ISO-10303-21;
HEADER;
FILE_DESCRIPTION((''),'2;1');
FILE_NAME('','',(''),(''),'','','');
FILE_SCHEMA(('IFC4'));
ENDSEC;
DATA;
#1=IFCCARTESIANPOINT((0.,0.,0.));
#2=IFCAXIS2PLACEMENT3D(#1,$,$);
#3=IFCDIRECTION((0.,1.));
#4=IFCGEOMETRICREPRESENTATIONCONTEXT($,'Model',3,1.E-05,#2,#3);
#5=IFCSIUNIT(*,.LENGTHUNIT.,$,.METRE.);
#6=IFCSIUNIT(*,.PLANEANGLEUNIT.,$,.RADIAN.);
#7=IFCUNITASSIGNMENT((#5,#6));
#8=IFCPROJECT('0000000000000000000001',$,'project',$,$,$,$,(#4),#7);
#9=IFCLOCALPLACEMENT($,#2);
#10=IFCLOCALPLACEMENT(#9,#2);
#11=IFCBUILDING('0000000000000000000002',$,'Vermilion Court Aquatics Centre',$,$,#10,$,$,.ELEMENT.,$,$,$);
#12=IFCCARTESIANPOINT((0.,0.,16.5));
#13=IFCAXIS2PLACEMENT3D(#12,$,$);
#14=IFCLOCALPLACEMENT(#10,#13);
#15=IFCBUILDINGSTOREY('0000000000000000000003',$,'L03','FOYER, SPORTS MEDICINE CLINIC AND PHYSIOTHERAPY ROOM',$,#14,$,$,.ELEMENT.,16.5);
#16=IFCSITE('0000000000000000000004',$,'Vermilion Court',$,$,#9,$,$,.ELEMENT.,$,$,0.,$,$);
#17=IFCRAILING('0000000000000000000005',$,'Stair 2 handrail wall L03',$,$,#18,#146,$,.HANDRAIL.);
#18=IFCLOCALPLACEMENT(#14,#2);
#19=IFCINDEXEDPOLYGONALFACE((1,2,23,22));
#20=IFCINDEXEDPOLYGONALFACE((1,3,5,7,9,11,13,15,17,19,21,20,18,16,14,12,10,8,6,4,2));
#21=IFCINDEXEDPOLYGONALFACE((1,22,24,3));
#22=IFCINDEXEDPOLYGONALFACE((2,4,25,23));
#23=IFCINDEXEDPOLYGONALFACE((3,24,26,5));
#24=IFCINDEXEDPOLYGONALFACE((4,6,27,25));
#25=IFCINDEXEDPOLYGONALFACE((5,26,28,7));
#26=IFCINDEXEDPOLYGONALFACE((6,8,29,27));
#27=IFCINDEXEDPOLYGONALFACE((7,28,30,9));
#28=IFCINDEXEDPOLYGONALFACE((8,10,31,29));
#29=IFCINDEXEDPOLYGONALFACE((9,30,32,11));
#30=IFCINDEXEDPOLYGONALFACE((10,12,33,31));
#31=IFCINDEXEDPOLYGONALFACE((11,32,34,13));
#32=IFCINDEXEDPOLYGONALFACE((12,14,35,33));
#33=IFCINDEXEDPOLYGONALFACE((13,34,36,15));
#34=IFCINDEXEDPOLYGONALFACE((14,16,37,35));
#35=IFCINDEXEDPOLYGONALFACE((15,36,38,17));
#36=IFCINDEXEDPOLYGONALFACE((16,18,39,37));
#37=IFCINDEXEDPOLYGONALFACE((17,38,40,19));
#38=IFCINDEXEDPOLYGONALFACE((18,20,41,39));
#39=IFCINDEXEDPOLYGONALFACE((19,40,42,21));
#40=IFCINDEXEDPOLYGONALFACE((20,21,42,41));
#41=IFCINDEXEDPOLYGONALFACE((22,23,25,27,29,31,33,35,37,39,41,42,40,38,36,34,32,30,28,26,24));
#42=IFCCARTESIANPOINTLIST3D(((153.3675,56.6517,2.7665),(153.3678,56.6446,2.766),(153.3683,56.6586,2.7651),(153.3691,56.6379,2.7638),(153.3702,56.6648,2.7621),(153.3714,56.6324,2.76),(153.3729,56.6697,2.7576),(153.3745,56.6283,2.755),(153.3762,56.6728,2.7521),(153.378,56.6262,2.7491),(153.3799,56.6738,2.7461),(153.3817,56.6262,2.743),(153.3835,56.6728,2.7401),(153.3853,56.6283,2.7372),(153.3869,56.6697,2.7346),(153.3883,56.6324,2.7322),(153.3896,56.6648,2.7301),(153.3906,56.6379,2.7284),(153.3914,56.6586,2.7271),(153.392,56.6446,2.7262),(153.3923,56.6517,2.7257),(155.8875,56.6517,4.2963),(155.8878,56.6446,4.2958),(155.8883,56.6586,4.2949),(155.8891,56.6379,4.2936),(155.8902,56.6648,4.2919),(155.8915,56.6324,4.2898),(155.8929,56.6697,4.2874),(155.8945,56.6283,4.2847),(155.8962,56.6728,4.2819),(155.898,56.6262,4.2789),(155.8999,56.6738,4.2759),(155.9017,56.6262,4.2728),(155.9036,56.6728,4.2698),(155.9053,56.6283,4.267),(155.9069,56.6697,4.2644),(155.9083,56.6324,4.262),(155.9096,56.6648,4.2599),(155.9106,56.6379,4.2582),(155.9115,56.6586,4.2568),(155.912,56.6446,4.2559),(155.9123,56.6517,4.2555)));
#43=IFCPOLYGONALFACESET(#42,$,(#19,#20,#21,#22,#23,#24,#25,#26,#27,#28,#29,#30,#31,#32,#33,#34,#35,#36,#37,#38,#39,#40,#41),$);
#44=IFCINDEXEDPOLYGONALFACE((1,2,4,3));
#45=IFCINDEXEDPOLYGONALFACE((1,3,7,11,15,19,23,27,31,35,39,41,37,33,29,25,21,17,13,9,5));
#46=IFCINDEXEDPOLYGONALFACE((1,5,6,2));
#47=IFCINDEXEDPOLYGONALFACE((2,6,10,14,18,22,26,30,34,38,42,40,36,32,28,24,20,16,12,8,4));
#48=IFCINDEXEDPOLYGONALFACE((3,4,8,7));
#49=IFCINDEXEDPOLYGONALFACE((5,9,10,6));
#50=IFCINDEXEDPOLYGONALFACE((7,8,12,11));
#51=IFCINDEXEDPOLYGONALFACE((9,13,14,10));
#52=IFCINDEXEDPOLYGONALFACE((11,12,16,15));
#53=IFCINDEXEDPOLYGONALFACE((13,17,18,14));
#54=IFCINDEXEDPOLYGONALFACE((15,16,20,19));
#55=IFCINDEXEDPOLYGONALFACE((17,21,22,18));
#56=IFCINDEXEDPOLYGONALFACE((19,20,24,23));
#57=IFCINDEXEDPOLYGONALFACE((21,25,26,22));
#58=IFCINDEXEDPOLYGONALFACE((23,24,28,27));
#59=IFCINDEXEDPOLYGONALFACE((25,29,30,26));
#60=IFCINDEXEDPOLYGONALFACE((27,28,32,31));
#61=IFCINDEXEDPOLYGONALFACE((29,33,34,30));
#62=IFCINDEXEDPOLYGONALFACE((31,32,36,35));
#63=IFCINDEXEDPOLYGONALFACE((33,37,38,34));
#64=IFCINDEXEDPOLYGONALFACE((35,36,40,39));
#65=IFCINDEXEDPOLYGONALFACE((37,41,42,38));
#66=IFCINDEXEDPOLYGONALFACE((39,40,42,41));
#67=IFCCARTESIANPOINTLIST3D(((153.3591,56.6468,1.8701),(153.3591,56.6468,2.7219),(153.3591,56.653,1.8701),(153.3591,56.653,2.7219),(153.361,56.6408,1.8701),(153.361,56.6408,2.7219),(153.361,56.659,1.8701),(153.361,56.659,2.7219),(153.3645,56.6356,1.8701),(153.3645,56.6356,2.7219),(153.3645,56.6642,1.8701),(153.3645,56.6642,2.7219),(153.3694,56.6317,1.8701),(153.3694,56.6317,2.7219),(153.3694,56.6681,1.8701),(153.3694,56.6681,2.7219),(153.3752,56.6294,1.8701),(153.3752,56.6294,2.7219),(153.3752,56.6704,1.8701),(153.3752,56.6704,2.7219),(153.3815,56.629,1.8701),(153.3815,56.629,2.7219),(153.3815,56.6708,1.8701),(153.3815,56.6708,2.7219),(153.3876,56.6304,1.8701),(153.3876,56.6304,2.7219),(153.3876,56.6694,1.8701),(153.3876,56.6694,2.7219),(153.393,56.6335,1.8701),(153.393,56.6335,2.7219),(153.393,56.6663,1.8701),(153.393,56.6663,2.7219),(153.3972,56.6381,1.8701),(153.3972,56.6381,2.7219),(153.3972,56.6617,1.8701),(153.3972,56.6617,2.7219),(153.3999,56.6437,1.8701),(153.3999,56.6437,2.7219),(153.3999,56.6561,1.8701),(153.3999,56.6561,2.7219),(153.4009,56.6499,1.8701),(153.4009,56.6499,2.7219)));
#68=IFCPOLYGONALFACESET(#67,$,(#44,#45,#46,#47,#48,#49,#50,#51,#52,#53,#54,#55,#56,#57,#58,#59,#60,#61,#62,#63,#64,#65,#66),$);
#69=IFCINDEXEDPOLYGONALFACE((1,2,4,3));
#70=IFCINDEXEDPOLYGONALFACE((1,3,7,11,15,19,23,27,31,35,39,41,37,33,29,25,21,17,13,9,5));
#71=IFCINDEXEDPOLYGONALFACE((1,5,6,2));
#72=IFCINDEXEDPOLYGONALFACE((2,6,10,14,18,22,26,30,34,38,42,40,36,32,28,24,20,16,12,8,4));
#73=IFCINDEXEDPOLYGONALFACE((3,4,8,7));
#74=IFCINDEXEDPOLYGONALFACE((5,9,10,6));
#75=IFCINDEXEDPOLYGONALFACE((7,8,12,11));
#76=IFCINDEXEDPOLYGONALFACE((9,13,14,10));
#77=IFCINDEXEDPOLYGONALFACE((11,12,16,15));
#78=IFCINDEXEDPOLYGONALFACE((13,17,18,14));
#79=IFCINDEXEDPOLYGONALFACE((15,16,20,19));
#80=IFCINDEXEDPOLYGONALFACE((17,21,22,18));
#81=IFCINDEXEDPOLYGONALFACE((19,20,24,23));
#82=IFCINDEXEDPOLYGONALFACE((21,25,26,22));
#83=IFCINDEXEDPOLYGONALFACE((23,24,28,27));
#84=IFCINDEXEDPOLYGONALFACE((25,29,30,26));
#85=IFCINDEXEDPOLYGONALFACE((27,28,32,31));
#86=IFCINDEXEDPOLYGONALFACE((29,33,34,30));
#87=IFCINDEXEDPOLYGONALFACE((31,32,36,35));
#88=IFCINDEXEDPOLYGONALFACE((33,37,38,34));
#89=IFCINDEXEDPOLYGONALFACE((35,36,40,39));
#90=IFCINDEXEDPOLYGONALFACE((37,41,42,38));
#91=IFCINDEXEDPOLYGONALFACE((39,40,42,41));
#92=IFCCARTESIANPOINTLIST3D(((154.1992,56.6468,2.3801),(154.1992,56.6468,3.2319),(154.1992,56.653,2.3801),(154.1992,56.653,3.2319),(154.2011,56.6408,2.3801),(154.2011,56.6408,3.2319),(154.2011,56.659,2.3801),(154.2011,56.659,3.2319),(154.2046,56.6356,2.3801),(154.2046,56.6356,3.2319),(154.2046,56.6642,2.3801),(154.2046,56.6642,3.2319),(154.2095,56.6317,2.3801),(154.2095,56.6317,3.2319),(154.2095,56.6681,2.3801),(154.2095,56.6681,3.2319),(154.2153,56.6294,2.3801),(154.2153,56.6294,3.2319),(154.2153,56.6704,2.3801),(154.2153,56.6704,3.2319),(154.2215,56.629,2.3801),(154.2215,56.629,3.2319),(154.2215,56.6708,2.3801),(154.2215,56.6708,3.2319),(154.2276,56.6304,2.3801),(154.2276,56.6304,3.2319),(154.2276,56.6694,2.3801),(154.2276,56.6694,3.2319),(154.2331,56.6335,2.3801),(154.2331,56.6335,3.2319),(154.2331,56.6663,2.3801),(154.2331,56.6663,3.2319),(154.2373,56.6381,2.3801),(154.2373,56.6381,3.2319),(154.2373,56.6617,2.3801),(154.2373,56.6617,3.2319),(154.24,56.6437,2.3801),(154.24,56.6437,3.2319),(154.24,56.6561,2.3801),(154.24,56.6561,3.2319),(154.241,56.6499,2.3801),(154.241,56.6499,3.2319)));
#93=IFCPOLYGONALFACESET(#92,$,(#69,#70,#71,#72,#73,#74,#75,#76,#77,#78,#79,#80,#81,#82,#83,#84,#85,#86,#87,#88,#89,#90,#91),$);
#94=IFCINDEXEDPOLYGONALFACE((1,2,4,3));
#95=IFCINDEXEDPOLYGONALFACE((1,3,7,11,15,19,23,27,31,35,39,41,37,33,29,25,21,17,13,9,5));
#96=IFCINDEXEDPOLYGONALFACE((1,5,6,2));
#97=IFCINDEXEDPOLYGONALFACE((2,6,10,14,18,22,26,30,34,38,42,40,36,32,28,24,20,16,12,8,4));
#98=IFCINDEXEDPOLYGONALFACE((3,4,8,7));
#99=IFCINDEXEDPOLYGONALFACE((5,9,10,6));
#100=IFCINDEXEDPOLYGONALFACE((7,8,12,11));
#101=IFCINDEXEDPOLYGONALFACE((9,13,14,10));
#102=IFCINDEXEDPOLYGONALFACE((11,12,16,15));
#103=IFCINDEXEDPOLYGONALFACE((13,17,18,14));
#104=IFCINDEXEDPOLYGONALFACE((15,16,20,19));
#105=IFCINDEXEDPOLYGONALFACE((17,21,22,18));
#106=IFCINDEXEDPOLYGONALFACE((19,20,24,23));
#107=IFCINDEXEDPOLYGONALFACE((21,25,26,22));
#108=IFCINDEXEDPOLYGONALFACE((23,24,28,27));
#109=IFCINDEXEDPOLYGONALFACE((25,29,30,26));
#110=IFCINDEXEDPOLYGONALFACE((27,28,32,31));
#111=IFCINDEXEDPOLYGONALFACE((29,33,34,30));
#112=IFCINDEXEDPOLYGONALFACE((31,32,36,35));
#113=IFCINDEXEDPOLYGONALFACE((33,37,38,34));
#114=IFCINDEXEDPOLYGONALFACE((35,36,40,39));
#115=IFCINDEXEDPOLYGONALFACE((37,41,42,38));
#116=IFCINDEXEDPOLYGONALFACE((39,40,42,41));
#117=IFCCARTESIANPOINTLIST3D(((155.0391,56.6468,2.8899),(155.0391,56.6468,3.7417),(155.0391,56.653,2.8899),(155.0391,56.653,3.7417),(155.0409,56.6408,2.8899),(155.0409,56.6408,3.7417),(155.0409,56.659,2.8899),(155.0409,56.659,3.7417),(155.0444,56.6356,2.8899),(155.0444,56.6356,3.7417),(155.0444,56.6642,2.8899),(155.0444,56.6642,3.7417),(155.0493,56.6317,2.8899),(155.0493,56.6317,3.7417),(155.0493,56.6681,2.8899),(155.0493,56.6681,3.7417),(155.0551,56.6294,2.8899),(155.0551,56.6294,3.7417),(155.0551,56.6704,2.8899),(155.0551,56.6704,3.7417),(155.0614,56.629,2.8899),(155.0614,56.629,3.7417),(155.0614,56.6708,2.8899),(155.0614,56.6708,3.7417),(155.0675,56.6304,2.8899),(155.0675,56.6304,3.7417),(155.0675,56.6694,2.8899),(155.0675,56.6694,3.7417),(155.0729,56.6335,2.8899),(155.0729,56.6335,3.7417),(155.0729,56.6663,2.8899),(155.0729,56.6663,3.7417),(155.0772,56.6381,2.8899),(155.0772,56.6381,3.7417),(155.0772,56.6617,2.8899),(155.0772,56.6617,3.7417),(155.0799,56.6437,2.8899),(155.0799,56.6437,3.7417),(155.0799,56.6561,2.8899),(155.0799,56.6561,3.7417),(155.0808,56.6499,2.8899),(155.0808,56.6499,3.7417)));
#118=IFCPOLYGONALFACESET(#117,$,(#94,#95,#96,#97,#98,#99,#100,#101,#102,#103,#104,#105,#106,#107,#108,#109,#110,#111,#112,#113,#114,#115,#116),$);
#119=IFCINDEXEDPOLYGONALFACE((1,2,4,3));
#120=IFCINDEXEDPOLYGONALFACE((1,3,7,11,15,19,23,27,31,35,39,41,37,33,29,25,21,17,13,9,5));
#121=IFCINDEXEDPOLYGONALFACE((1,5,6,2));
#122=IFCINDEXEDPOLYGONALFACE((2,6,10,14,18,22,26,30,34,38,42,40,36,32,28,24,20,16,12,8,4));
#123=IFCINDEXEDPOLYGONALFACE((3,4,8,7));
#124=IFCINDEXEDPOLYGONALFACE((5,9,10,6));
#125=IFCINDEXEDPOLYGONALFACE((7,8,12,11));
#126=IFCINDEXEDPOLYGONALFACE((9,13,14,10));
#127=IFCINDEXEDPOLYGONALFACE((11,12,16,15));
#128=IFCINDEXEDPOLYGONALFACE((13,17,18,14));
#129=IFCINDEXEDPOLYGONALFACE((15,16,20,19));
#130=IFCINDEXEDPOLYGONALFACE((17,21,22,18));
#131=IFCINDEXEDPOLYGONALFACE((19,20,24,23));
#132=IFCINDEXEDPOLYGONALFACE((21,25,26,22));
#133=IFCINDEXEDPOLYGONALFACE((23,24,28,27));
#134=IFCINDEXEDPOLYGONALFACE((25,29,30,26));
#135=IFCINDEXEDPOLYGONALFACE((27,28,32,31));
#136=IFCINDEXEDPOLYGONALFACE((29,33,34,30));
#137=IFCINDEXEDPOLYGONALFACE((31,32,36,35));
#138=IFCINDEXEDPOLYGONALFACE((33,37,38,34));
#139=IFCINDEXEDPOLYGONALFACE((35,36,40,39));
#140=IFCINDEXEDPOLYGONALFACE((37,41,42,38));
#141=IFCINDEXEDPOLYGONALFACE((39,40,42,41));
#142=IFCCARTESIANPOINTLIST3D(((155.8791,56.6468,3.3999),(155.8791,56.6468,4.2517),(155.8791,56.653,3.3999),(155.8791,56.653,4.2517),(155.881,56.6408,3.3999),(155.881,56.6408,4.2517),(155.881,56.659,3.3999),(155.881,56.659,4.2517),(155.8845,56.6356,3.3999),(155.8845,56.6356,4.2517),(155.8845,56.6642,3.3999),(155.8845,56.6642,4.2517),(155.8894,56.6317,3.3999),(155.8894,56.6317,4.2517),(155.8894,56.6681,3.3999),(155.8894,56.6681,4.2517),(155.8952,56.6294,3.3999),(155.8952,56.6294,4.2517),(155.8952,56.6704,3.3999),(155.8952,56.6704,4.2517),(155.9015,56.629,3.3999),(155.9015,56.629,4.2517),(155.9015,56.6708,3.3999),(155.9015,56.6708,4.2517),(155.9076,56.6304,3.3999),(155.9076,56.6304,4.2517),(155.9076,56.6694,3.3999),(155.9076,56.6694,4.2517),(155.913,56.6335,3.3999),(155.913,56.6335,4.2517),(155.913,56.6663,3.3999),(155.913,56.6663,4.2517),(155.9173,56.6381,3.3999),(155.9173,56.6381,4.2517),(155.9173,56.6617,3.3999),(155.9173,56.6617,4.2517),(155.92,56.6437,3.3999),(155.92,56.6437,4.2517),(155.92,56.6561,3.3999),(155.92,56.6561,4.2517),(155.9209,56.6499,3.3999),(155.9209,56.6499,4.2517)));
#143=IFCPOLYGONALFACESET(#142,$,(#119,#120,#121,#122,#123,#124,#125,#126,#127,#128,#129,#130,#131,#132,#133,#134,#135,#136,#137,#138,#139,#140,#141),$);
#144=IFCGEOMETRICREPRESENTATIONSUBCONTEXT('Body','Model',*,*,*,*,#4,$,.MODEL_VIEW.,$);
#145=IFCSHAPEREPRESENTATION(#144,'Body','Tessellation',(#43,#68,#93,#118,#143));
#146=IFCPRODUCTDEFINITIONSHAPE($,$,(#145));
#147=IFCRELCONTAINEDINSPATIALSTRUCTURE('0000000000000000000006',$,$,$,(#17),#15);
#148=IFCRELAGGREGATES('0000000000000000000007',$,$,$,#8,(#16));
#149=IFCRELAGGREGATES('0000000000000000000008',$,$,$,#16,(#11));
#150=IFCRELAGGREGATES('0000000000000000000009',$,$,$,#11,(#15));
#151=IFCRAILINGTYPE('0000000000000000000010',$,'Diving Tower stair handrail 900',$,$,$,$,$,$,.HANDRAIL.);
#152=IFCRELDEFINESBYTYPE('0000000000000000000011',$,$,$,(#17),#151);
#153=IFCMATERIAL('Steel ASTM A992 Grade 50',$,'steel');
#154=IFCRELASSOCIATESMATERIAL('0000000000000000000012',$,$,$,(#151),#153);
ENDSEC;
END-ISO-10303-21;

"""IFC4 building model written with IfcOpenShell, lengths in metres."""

from ifc_helpers import new_model, si_unit, direction, frame, origin, origin_2d, place, context, subcontext, project, spatial, circle, extrude, material, type_object, element, save


model = new_model("IFC4")

# Units and contexts
model_context = context("Model", 3, precision=1e-05, world=origin(), true_north=direction((0.0, 1.0)))
body_context = subcontext(model_context, "Body", "Model", "MODEL_VIEW")
ifc_project = project(units=[si_unit("LENGTHUNIT", "METRE"), si_unit("PLANEANGLEUNIT", "RADIAN")], contexts=[model_context])

# Site, building, storey
site_placement = place(None, origin())
site = spatial("IfcSite", under=ifc_project, at=site_placement, Name="Vermilion Court", CompositionType="ELEMENT", RefElevation=0.0)
building_placement = place(site_placement, origin())
building = spatial("IfcBuilding", under=site, at=building_placement, Name="Vermilion Court Aquatics Centre", CompositionType="ELEMENT")
storey_placement = place(building_placement, frame((0.0, 0.0, 16.5)))
storey = spatial("IfcBuildingStorey", under=building, at=storey_placement, Name="L03", Description="FOYER, SPORTS MEDICINE CLINIC AND PHYSIOTHERAPY ROOM", CompositionType="ELEMENT", Elevation=16.5)

# Railing
ifc_material_1 = material(Name="Steel ASTM A992 Grade 50", Category="steel")
railing_type_1 = type_object("IfcRailingType", Name="Diving Tower stair handrail 900", PredefinedType="HANDRAIL", material=ifc_material_1)
for number, where, name in (
    (1, (153.3799, 56.6499, 1.8701), "Stair 2 handrail wall L03"),
):
    element("IfcRailing", number, at=place(storey_placement, frame(where)), inside=storey, type_object=railing_type_1, Name=name, PredefinedType="HANDRAIL", context=body_context, shape_type="SweptSolid", body=[
        extrude(circle(Radius=0.0239, at=origin_2d()), frame((0.0, 0.0, 0.876), z_axis=(0.854822, 0.0, 0.518922), x_axis=(0.0, 1.0, 0.0)), (0.0, 0.0, 1.0), 2.948),
        extrude(circle(Radius=0.021, at=origin_2d()), origin(), (0.0, 0.0, 1.0), 0.8518),
        extrude(circle(Radius=0.021, at=origin_2d()), frame((0.8401, 0.0, 0.51)), (0.0, 0.0, 1.0), 0.8518),
        extrude(circle(Radius=0.021, at=origin_2d()), frame((1.6799, 0.0, 1.0198)), (0.0, 0.0, 1.0), 0.8518),
        extrude(circle(Radius=0.021, at=origin_2d()), frame((2.52, 0.0, 1.5298)), (0.0, 0.0, 1.0), 0.8518),
    ])

save(model, "model.ifc")
